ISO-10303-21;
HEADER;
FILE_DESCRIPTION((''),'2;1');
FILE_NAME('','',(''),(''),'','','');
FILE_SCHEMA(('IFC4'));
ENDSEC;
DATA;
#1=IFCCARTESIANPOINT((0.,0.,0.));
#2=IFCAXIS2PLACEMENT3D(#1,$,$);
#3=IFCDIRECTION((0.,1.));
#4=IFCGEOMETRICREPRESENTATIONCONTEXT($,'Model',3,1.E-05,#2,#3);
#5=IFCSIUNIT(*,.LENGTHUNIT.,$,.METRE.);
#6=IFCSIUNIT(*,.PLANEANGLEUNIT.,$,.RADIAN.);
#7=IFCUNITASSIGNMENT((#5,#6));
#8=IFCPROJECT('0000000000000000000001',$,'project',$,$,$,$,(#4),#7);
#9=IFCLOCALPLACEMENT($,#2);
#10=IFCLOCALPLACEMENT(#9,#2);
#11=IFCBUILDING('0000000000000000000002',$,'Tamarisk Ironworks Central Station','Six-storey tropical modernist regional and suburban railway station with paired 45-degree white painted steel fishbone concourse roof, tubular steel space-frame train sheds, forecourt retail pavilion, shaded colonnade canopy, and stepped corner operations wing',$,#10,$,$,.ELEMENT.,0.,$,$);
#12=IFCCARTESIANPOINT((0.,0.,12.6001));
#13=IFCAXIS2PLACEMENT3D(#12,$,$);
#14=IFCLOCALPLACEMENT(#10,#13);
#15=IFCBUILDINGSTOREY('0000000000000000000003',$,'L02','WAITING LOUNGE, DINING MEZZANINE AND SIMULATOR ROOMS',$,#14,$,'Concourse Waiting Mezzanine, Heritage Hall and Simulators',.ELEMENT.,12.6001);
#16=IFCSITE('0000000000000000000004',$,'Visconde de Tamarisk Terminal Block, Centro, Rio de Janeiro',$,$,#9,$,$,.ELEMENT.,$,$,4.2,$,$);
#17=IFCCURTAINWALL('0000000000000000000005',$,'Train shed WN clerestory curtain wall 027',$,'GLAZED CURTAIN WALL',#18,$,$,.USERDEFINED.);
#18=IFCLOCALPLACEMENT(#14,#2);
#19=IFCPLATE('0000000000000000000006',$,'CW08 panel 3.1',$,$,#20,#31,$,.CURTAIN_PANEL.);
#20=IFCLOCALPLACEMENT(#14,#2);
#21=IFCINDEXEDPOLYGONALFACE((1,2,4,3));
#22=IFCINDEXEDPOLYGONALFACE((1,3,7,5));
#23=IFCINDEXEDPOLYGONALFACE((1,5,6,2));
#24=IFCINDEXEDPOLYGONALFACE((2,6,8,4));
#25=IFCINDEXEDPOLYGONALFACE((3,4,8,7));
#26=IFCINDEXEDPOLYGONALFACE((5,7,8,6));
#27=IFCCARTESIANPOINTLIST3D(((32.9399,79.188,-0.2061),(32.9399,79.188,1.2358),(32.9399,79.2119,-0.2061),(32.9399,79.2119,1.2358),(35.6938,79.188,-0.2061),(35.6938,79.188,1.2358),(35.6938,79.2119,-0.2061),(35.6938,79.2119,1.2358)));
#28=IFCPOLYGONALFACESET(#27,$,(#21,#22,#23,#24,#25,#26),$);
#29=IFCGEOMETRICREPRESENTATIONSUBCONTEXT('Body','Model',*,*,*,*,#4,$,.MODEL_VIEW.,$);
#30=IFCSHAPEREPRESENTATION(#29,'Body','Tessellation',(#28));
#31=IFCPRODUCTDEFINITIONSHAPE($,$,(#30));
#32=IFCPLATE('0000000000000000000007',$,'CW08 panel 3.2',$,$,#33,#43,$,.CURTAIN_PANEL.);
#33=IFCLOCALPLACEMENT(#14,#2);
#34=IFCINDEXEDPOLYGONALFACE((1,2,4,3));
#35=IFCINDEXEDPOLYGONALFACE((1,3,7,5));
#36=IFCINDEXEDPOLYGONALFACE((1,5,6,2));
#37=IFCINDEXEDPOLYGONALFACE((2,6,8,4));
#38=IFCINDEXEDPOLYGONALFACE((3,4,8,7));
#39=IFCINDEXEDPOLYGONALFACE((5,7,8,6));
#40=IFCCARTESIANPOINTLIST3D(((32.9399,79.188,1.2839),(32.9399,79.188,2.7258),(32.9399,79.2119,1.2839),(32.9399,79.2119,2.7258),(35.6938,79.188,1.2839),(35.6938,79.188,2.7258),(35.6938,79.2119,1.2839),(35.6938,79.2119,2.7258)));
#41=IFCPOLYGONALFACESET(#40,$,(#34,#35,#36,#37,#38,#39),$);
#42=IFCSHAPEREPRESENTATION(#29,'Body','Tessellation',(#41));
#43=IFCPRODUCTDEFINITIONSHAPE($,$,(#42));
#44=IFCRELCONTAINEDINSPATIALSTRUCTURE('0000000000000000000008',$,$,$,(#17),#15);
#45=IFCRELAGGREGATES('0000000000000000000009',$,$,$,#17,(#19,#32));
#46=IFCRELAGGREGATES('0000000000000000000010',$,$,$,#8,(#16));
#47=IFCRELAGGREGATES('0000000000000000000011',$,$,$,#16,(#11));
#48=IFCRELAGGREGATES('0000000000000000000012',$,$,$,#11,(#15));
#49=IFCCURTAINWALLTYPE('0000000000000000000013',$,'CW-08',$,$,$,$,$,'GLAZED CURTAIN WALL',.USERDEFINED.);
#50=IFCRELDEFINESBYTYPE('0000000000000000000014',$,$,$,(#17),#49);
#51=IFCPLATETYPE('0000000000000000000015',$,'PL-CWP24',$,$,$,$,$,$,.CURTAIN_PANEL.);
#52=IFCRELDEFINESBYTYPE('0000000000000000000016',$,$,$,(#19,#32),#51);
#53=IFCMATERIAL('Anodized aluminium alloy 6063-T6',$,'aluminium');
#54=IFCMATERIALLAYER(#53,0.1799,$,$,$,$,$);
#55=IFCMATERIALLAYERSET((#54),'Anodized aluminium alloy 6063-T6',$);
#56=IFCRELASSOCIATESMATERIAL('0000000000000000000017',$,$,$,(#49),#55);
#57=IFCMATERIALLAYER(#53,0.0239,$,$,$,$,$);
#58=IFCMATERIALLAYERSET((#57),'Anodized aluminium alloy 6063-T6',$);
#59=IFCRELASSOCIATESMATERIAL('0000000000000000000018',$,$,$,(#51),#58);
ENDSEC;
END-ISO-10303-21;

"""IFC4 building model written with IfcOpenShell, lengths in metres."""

from ifc_helpers import new_model, si_unit, direction, frame, origin, origin_2d, place, context, subcontext, project, spatial, rectangle, extrude, material, layer, layer_set, type_object, element, aggregate, save


model = new_model("IFC4")

# Units and contexts
model_context = context("Model", 3, precision=1e-05, world=origin(), true_north=direction((0.0, 1.0)))
body_context = subcontext(model_context, "Body", "Model", "MODEL_VIEW")
ifc_project = project(units=[si_unit("LENGTHUNIT", "METRE"), si_unit("PLANEANGLEUNIT", "RADIAN")], contexts=[model_context])

# Site, building, storey
site_placement = place(None, origin())
site = spatial("IfcSite", under=ifc_project, at=site_placement, Name="Visconde de Tamarisk Terminal Block, Centro, Rio de Janeiro", CompositionType="ELEMENT", RefElevation=4.2)
building_placement = place(site_placement, origin())
building = spatial("IfcBuilding", under=site, at=building_placement, Name="Tamarisk Ironworks Central Station", Description="Six-storey tropical modernist regional and suburban railway station with paired 45-degree white painted steel fishbone concourse roof, tubular steel space-frame train sheds, forecourt retail pavilion, shaded colonnade canopy, and stepped corner operations wing", CompositionType="ELEMENT", ElevationOfRefHeight=0.0)
storey_placement = place(building_placement, frame((0.0, 0.0, 12.6001)))
storey = spatial("IfcBuildingStorey", under=building, at=storey_placement, Name="L02", Description="WAITING LOUNGE, DINING MEZZANINE AND SIMULATOR ROOMS", LongName="Concourse Waiting Mezzanine, Heritage Hall and Simulators", CompositionType="ELEMENT", Elevation=12.6001)

# Curtain wall
ifc_material_1 = material(Name="Anodized aluminium alloy 6063-T6", Category="aluminium")
ifc_layer_1 = layer(ifc_material_1, 0.1799)
ifc_layer_set_1 = layer_set([ifc_layer_1], Name="Anodized aluminium alloy 6063-T6")
curtain_wall_type = type_object("IfcCurtainWallType", Name="CW-08", ElementType="GLAZED CURTAIN WALL", PredefinedType="USERDEFINED", material=ifc_layer_set_1)
curtain_wall_1_placement = place(storey_placement, origin())
curtain_wall_1 = element("IfcCurtainWall", 1, at=curtain_wall_1_placement, inside=storey, type_object=curtain_wall_type, Name="Train shed WN clerestory curtain wall 027", ObjectType="GLAZED CURTAIN WALL", PredefinedType="USERDEFINED")

# Plates
ifc_layer_2 = layer(ifc_material_1, 0.0239)
ifc_layer_set_2 = layer_set([ifc_layer_2], Name="Anodized aluminium alloy 6063-T6")
plate_type = type_object("IfcPlateType", Name="PL-CWP24", PredefinedType="CURTAIN_PANEL", material=ifc_layer_set_2)
plate_1_placement = place(storey_placement, frame((34.3169, 79.2, -0.2061), z_axis=(0.0, 0.0, 1.0), x_axis=(1.0, 0.0, 0.0)))
plate_1 = element("IfcPlate", 2, at=plate_1_placement, type_object=plate_type, Name="CW08 panel 3.1", PredefinedType="CURTAIN_PANEL", context=body_context, shape_type="SweptSolid", body=[
    extrude(rectangle(XDim=2.7539, YDim=0.0239, at=origin_2d()), origin(), (0.0, 0.0, 1.0), 1.4419),
])
plate_2_placement = place(storey_placement, frame((34.3169, 79.2, 1.2839), z_axis=(0.0, 0.0, 1.0), x_axis=(1.0, 0.0, 0.0)))
plate_2 = element("IfcPlate", 3, at=plate_2_placement, type_object=plate_type, Name="CW08 panel 3.2", PredefinedType="CURTAIN_PANEL", context=body_context, shape_type="SweptSolid", body=[
    extrude(rectangle(XDim=2.7539, YDim=0.0239, at=origin_2d()), origin(), (0.0, 0.0, 1.0), 1.4419),
])
aggregate(curtain_wall_1, [plate_1, plate_2])

save(model, "model.ifc")
